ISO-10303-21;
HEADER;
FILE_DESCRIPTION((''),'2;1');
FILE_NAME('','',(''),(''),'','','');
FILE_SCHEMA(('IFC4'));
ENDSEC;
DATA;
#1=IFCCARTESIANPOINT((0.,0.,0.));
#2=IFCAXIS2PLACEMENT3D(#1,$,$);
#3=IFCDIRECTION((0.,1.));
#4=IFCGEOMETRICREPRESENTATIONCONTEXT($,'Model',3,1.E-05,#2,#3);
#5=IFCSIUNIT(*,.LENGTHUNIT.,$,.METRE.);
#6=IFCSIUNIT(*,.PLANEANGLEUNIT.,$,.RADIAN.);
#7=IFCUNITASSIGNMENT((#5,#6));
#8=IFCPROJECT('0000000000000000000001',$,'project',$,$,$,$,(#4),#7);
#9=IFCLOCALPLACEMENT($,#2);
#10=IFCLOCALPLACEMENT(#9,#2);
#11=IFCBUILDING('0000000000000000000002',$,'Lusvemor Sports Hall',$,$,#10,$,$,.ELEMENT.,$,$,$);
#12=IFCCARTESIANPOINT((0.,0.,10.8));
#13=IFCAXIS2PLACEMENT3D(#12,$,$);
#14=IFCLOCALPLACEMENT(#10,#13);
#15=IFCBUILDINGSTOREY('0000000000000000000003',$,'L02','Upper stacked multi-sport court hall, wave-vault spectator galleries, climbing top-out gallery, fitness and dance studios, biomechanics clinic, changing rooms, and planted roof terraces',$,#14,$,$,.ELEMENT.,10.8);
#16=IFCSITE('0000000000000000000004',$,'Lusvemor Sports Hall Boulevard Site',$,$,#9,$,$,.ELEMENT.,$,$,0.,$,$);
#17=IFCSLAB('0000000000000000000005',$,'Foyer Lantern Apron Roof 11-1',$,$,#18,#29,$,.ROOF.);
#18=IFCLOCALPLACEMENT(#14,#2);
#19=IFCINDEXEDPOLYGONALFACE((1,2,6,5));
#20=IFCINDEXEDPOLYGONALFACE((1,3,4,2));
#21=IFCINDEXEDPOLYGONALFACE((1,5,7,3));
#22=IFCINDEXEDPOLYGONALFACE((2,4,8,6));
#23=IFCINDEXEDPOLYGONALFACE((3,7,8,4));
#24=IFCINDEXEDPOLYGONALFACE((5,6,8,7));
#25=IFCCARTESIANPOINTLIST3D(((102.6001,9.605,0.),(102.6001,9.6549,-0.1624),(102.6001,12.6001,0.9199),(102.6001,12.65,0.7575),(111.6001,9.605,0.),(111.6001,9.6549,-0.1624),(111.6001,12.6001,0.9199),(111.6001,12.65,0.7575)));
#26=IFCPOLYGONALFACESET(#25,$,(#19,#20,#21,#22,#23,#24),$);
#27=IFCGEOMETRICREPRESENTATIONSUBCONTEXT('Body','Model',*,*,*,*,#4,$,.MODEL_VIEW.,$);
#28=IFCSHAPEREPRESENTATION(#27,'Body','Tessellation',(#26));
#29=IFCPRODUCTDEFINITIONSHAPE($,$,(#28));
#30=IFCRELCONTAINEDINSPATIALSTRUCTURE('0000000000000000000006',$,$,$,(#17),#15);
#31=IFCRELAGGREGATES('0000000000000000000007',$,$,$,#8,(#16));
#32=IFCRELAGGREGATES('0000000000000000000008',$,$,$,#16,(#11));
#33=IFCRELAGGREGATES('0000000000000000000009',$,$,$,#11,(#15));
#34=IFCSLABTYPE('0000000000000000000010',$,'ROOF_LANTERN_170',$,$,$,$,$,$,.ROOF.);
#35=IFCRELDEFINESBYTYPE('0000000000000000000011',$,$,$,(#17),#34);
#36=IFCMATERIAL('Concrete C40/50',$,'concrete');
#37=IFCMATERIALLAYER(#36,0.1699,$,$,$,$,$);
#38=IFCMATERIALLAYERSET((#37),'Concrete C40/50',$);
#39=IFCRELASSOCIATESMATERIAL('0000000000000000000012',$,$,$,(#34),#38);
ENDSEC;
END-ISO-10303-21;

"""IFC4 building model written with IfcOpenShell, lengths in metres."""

from ifc_helpers import new_model, si_unit, direction, frame, origin, place, context, subcontext, project, spatial, polyline, outline, extrude, material, layer, layer_set, type_object, element, save


model = new_model("IFC4")

# Units and contexts
model_context = context("Model", 3, precision=1e-05, world=origin(), true_north=direction((0.0, 1.0)))
body_context = subcontext(model_context, "Body", "Model", "MODEL_VIEW")
ifc_project = project(units=[si_unit("LENGTHUNIT", "METRE"), si_unit("PLANEANGLEUNIT", "RADIAN")], contexts=[model_context])

# Site, building, storey
site_placement = place(None, origin())
site = spatial("IfcSite", under=ifc_project, at=site_placement, Name="Lusvemor Sports Hall Boulevard Site", CompositionType="ELEMENT", RefElevation=0.0)
building_placement = place(site_placement, origin())
building = spatial("IfcBuilding", under=site, at=building_placement, Name="Lusvemor Sports Hall", CompositionType="ELEMENT")
storey_placement = place(building_placement, frame((0.0, 0.0, 10.8)))
storey = spatial("IfcBuildingStorey", under=building, at=storey_placement, Name="L02", Description="Upper stacked multi-sport court hall, wave-vault spectator galleries, climbing top-out gallery, fitness and dance studios, biomechanics clinic, changing rooms, and planted roof terraces", CompositionType="ELEMENT", Elevation=10.8)

# Slab
ifc_material_1 = material(Name="Concrete C40/50", Category="concrete")
ifc_layer_1 = layer(ifc_material_1, 0.1699)
ifc_layer_set_1 = layer_set([ifc_layer_1], Name="Concrete C40/50")
slab_type = type_object("IfcSlabType", Name="ROOF_LANTERN_170", PredefinedType="ROOF", material=ifc_layer_set_1)
for number, where, z_axis, x_axis, name in (
    (1, (102.6001, 9.605, 0.0), (0.0, -0.293604, 0.955927), (1.0, 0.0, 0.0), "Foyer Lantern Apron Roof 11-1"),
):
    element("IfcSlab", number, at=place(storey_placement, frame(where, z_axis=z_axis, x_axis=x_axis)), inside=storey, type_object=slab_type, Name=name, PredefinedType="ROOF", context=body_context, shape_type="SweptSolid", body=[
        extrude(outline(polyline([(0.0, 0.0), (9.0, 0.0), (9.0, 3.1332), (0.0, 3.1332), (0.0, 0.0)])), origin(), (0.0, 0.0, -1.0), 0.1699),
    ])

save(model, "model.ifc")
